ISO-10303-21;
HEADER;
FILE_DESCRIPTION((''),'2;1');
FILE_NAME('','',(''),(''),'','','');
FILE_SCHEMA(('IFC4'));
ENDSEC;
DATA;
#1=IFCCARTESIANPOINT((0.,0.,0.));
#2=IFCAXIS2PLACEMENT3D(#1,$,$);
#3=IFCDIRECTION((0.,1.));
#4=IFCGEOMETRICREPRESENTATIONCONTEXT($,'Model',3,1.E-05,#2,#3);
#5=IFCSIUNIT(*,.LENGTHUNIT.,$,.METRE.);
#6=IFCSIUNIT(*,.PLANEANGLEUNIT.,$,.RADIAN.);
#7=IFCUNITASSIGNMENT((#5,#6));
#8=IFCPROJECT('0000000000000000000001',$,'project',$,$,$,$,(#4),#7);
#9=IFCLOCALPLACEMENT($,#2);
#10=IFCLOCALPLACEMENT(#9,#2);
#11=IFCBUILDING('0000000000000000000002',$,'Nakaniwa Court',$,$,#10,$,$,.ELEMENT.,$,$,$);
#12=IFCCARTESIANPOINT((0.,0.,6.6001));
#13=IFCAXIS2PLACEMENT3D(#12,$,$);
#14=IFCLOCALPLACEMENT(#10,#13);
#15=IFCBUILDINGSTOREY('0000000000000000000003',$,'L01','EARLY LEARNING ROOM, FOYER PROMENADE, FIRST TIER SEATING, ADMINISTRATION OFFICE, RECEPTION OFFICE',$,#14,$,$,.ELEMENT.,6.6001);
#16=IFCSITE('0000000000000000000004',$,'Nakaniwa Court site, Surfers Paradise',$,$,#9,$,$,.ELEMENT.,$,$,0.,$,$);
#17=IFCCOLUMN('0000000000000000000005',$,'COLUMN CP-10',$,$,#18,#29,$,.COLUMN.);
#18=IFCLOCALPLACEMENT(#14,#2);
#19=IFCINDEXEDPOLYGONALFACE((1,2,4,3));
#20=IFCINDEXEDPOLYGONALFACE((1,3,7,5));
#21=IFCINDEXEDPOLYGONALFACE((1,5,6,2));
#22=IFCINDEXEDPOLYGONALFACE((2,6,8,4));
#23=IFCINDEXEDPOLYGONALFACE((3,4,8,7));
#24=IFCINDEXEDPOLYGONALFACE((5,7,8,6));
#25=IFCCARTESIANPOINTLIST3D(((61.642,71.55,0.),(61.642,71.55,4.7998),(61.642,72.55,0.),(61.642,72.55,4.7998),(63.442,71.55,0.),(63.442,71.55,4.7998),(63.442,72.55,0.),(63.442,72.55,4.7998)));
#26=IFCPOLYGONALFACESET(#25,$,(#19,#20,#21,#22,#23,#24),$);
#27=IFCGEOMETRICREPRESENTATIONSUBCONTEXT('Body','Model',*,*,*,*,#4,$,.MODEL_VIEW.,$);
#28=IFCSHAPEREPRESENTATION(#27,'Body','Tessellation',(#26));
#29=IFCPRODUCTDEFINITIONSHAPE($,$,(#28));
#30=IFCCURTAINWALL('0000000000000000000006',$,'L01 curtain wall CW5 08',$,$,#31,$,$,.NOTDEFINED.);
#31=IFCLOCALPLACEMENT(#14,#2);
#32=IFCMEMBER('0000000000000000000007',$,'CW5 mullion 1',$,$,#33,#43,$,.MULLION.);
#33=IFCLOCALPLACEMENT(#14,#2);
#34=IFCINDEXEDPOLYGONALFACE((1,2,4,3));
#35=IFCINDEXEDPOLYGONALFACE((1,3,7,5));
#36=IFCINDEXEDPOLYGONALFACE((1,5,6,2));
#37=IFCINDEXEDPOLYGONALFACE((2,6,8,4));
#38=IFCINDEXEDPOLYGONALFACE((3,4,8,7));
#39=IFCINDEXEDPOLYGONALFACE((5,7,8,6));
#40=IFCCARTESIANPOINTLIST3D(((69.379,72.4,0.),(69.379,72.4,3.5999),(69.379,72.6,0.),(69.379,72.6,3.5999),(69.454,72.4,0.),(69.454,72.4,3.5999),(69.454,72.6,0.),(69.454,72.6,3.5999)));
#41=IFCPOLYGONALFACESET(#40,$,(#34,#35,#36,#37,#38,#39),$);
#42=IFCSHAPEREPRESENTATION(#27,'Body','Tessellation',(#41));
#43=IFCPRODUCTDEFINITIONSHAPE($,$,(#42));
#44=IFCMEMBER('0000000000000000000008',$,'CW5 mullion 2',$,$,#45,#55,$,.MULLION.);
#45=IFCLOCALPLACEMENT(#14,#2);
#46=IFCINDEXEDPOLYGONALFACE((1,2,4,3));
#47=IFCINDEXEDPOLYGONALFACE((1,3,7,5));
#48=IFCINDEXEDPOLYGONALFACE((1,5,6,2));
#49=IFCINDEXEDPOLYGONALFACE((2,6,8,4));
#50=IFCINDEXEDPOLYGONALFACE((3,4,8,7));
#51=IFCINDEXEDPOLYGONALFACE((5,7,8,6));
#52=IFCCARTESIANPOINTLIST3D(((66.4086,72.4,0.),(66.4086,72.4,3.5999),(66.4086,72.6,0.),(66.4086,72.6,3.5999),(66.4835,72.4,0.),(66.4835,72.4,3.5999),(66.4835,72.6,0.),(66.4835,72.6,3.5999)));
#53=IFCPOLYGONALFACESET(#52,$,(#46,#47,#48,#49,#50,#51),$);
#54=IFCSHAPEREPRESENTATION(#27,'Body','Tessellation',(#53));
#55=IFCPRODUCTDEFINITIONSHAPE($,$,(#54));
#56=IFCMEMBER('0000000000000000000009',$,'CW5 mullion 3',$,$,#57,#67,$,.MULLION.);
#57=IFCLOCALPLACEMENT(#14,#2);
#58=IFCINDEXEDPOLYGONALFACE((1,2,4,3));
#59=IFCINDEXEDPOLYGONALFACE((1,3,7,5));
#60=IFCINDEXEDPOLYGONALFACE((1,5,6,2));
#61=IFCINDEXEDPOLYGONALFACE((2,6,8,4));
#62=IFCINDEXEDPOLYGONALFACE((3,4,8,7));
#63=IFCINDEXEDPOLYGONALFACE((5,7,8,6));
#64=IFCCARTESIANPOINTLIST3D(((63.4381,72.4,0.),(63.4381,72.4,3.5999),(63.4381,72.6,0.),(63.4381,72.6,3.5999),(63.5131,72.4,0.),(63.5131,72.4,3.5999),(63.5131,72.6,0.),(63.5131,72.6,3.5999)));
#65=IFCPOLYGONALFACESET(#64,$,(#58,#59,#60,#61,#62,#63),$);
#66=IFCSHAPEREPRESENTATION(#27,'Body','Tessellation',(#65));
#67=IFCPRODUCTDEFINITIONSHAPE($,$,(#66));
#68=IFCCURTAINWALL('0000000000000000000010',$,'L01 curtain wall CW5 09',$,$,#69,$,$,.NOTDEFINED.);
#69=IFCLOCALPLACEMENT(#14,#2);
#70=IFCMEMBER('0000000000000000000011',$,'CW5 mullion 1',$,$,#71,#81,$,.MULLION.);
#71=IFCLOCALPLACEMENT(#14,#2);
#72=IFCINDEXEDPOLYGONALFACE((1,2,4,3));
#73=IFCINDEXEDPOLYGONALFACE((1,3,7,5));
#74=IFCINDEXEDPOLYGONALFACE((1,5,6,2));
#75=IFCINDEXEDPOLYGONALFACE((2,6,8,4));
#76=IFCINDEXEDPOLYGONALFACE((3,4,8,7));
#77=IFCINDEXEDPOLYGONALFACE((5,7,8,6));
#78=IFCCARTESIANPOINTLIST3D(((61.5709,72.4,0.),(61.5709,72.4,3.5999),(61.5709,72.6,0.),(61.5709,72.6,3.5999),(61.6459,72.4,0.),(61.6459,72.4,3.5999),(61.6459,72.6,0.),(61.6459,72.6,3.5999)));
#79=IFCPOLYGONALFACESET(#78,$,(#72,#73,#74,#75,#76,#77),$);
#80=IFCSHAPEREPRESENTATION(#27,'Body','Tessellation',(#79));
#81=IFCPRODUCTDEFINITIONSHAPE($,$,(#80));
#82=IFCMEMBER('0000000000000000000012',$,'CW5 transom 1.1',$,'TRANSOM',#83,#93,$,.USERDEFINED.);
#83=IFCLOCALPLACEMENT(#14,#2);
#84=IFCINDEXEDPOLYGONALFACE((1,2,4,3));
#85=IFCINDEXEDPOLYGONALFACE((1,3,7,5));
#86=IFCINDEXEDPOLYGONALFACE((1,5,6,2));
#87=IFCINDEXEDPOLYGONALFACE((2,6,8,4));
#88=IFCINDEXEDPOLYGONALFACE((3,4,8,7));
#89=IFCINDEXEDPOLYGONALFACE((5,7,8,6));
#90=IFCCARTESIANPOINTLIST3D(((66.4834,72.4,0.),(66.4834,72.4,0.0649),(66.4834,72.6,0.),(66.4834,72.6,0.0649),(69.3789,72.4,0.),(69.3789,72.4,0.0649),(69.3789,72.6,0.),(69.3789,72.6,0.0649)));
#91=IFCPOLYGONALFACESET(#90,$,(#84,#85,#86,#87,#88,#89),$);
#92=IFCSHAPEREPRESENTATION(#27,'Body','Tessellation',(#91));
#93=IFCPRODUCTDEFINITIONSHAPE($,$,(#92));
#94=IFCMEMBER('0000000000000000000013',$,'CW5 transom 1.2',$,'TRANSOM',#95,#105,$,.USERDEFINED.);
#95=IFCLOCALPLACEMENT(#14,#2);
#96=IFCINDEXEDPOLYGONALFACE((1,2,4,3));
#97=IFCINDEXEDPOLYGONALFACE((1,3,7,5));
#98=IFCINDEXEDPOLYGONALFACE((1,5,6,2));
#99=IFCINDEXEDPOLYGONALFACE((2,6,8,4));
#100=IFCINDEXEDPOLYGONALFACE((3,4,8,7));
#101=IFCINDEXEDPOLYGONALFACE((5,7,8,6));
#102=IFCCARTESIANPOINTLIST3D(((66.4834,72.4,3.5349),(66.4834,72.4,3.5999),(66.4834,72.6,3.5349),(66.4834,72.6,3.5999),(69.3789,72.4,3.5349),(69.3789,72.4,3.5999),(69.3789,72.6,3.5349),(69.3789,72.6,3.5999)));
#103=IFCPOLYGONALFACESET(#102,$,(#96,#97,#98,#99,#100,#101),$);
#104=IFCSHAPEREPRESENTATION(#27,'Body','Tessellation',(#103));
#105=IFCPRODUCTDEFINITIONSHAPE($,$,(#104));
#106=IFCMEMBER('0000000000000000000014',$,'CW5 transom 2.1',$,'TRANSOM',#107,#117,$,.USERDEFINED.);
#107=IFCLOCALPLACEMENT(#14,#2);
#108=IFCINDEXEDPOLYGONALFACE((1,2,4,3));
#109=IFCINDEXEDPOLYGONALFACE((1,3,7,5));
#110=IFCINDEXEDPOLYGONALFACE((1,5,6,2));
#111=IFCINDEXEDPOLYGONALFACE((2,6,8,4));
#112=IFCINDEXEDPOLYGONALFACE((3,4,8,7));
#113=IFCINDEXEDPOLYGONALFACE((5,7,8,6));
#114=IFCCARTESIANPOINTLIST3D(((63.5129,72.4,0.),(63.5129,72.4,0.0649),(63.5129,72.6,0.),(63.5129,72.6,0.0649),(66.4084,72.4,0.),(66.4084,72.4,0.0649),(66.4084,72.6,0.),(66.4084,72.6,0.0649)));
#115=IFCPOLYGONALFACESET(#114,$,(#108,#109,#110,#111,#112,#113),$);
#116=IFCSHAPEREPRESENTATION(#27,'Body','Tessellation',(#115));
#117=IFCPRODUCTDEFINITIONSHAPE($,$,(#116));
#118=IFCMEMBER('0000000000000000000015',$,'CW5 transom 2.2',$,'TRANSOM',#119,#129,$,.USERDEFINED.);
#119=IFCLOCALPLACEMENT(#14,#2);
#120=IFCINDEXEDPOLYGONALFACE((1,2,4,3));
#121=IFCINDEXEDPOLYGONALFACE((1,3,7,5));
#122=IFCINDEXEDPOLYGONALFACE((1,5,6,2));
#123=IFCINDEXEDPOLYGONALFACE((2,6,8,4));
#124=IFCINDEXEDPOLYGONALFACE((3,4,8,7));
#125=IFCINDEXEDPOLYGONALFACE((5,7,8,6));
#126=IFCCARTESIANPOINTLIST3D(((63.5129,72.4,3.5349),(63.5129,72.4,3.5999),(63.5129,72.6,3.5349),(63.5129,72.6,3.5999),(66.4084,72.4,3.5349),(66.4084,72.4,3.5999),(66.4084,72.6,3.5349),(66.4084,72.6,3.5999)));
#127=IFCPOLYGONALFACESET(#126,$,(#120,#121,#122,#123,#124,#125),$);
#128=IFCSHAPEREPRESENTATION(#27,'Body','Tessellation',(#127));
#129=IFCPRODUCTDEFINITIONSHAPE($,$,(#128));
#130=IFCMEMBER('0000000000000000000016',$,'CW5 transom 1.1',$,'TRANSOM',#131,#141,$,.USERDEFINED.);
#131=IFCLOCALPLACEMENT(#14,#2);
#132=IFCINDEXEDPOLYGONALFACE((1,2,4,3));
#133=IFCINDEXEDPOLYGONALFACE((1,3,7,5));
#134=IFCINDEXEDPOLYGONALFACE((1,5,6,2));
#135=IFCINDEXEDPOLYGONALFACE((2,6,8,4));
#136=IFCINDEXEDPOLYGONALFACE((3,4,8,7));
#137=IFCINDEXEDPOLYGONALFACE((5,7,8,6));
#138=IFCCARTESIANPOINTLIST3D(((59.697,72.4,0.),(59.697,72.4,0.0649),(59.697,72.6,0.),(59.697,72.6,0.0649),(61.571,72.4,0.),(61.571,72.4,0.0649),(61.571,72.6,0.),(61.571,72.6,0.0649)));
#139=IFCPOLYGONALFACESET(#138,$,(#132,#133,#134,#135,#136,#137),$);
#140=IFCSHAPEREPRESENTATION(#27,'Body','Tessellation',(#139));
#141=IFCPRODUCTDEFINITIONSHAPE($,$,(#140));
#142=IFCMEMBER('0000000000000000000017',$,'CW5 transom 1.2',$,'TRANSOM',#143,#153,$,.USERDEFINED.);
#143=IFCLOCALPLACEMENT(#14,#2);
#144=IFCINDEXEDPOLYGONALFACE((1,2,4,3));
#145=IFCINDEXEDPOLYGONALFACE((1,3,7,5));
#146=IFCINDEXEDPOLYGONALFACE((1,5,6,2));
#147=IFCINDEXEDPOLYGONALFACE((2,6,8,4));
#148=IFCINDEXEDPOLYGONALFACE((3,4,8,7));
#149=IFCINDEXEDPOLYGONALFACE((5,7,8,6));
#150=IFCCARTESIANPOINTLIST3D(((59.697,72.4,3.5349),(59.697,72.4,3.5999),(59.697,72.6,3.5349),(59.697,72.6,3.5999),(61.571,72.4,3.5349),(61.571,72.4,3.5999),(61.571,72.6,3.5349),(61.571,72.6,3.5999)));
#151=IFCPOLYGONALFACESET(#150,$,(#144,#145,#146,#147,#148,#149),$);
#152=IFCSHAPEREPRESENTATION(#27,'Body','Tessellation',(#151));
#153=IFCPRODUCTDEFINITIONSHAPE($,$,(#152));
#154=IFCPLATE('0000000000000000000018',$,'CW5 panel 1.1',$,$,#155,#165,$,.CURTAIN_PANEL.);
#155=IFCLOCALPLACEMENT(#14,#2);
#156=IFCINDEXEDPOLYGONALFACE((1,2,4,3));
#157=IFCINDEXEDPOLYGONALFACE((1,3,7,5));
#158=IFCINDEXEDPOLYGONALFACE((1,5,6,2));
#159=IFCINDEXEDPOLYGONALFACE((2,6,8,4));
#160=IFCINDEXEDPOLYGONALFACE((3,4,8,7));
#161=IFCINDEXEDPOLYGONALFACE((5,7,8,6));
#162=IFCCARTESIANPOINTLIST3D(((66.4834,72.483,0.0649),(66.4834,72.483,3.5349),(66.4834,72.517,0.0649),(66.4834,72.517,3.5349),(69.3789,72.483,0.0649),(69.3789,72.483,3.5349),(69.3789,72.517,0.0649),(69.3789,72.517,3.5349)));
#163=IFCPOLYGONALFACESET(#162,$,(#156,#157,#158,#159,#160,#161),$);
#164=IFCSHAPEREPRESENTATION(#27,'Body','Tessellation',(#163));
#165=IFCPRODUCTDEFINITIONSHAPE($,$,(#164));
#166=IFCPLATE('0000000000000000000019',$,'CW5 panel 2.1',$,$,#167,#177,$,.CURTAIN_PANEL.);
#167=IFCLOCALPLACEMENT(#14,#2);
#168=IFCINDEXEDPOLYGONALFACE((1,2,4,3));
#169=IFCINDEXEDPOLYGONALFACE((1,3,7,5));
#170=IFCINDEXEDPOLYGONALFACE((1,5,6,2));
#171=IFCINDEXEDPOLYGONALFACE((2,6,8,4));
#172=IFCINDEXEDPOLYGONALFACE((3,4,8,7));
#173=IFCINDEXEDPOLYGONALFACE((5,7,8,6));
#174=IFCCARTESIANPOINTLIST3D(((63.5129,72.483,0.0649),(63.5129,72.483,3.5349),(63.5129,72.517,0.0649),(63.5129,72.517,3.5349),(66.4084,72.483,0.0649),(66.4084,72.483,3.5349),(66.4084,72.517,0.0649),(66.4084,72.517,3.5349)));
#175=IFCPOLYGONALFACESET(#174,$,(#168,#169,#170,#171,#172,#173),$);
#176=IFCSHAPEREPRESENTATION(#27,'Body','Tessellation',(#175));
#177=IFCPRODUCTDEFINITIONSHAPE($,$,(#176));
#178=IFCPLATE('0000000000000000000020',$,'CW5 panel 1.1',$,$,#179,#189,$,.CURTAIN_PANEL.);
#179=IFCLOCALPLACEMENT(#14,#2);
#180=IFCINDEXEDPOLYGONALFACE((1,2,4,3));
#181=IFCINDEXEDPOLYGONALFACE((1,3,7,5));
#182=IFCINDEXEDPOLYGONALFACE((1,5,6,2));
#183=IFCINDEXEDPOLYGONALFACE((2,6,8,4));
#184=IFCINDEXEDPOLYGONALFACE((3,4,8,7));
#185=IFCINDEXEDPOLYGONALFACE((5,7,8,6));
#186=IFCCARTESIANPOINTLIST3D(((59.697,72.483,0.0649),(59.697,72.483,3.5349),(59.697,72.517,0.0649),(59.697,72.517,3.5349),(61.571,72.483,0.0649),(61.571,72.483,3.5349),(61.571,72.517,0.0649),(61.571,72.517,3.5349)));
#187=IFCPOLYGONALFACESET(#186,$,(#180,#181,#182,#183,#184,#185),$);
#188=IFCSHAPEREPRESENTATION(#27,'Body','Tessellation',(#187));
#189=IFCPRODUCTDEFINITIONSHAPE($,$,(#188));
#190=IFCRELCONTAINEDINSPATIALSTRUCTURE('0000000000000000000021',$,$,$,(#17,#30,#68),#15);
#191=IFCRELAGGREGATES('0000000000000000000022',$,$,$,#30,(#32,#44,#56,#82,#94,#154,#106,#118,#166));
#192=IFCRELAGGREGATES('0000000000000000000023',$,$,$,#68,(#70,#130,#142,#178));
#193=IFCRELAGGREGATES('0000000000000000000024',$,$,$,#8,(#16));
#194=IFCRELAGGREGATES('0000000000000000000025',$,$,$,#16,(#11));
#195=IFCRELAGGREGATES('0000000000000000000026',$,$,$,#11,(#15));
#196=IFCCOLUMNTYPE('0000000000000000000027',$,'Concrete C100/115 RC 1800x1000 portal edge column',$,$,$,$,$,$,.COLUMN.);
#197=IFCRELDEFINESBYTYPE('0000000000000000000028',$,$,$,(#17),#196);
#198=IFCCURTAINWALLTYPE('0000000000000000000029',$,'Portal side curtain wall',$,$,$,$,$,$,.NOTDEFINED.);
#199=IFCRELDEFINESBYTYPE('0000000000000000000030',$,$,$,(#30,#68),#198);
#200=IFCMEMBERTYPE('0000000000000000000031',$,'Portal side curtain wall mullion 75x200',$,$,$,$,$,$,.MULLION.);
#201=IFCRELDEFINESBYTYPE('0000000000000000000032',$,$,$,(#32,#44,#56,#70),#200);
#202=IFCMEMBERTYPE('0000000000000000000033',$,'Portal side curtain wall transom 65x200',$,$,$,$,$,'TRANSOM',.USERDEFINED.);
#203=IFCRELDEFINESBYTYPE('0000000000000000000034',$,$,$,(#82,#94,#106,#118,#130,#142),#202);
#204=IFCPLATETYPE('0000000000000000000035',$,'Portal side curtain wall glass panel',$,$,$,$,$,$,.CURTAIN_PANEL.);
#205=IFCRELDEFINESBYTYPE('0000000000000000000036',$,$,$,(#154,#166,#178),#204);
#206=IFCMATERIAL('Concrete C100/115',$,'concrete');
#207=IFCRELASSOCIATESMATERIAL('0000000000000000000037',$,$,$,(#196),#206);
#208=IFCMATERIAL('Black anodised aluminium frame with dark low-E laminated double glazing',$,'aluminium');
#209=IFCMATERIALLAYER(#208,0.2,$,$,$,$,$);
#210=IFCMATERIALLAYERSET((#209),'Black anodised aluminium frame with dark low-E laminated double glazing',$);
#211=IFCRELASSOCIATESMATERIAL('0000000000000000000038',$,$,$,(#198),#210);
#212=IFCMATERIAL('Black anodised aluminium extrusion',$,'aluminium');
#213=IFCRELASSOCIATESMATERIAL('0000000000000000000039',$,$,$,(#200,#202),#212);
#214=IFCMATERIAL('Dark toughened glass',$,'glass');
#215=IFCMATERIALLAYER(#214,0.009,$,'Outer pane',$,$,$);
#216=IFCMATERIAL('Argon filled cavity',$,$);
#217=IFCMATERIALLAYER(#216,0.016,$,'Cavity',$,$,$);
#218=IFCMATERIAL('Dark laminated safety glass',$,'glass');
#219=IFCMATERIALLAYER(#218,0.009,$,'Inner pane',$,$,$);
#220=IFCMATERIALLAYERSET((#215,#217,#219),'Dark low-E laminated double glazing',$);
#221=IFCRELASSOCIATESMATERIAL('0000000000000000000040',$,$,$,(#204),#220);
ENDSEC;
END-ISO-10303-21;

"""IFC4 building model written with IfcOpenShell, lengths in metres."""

from ifc_helpers import new_model, si_unit, direction, frame, origin, origin_2d, place, context, subcontext, project, spatial, rectangle, extrude, material, layer, layer_set, material_profile, profile_set, type_object, element, aggregate, save


model = new_model("IFC4")

# Units and contexts
model_context = context("Model", 3, precision=1e-05, world=origin(), true_north=direction((0.0, 1.0)))
body_context = subcontext(model_context, "Body", "Model", "MODEL_VIEW")
ifc_project = project(units=[si_unit("LENGTHUNIT", "METRE"), si_unit("PLANEANGLEUNIT", "RADIAN")], contexts=[model_context])

# Site, building, storey
site_placement = place(None, origin())
site = spatial("IfcSite", under=ifc_project, at=site_placement, Name="Nakaniwa Court site, Surfers Paradise", CompositionType="ELEMENT", RefElevation=0.0)
building_placement = place(site_placement, origin())
building = spatial("IfcBuilding", under=site, at=building_placement, Name="Nakaniwa Court", CompositionType="ELEMENT")
storey_placement = place(building_placement, frame((0.0, 0.0, 6.6001)))
storey = spatial("IfcBuildingStorey", under=building, at=storey_placement, Name="L01", Description="EARLY LEARNING ROOM, FOYER PROMENADE, FIRST TIER SEATING, ADMINISTRATION OFFICE, RECEPTION OFFICE", CompositionType="ELEMENT", Elevation=6.6001)

# Column
ifc_material_1 = material(Name="Concrete C100/115", Category="concrete")
ifc_material_profile_1 = material_profile(ifc_material_1, rectangle(XDim=1.8, YDim=1.0, at=origin_2d()), Name="Concrete C100/115 RC 1800x1000 portal edge column")
ifc_profile_set_1 = profile_set([ifc_material_profile_1], Name="Concrete C100/115")
column_type = type_object("IfcColumnType", Name="Concrete C100/115 RC 1800x1000 portal edge column", PredefinedType="COLUMN", material=ifc_profile_set_1)
column_placement = place(storey_placement, frame((62.542, 72.05, 0.0), z_axis=(0.0, 0.0, 1.0), x_axis=(1.0, 0.0, 0.0)))
element("IfcColumn", 1, at=column_placement, inside=storey, type_object=column_type, Name="COLUMN CP-10", PredefinedType="COLUMN", context=body_context, shape_type="SweptSolid", body=[
    extrude(rectangle(XDim=1.8, YDim=1.0, at=origin_2d()), origin(), (0.0, 0.0, 1.0), 4.7998),
])

# Curtain wall, members
ifc_material_2 = material(Name="Black anodised aluminium frame with dark low-E laminated double glazing", Category="aluminium")
ifc_layer_1 = layer(ifc_material_2, 0.2)
ifc_layer_set_1 = layer_set([ifc_layer_1], Name="Black anodised aluminium frame with dark low-E laminated double glazing")
curtain_wall_type = type_object("IfcCurtainWallType", Name="Portal side curtain wall", PredefinedType="NOTDEFINED", material=ifc_layer_set_1)
curtain_wall_1_placement = place(storey_placement, origin())
curtain_wall_1 = element("IfcCurtainWall", 2, at=curtain_wall_1_placement, inside=storey, type_object=curtain_wall_type, Name="L01 curtain wall CW5 08", PredefinedType="NOTDEFINED")
ifc_material_3 = material(Name="Black anodised aluminium extrusion", Category="aluminium")
ifc_material_profile_2 = material_profile(ifc_material_3, rectangle(XDim=0.2, YDim=0.075, at=origin_2d()), Name="Portal side curtain wall mullion 75x200")
ifc_profile_set_2 = profile_set([ifc_material_profile_2], Name="Black anodised aluminium extrusion")
member_type_1 = type_object("IfcMemberType", Name="Portal side curtain wall mullion 75x200", PredefinedType="MULLION", material=ifc_profile_set_2)
member_1_placement = place(storey_placement, frame((69.4165, 72.5, 0.0), z_axis=(0.0, 0.0, 1.0), x_axis=(0.0, -1.0, 0.0)))
member_1 = element("IfcMember", 3, at=member_1_placement, type_object=member_type_1, Name="CW5 mullion 1", PredefinedType="MULLION", context=body_context, shape_type="SweptSolid", body=[
    extrude(rectangle(XDim=0.2, YDim=0.075, at=origin_2d()), origin(), (0.0, 0.0, 1.0), 3.5999),
])
member_2_placement = place(storey_placement, frame((66.446, 72.5, 0.0), z_axis=(0.0, 0.0, 1.0), x_axis=(0.0, -1.0, 0.0)))
member_2 = element("IfcMember", 4, at=member_2_placement, type_object=member_type_1, Name="CW5 mullion 2", PredefinedType="MULLION", context=body_context, shape_type="SweptSolid", body=[
    extrude(rectangle(XDim=0.2, YDim=0.075, at=origin_2d()), origin(), (0.0, 0.0, 1.0), 3.5999),
])
member_3_placement = place(storey_placement, frame((63.4756, 72.5, 0.0), z_axis=(0.0, 0.0, 1.0), x_axis=(0.0, -1.0, 0.0)))
member_3 = element("IfcMember", 5, at=member_3_placement, type_object=member_type_1, Name="CW5 mullion 3", PredefinedType="MULLION", context=body_context, shape_type="SweptSolid", body=[
    extrude(rectangle(XDim=0.2, YDim=0.075, at=origin_2d()), origin(), (0.0, 0.0, 1.0), 3.5999),
])

# Curtain wall, member
curtain_wall_2_placement = place(storey_placement, origin())
curtain_wall_2 = element("IfcCurtainWall", 6, at=curtain_wall_2_placement, inside=storey, type_object=curtain_wall_type, Name="L01 curtain wall CW5 09", PredefinedType="NOTDEFINED")
member_4_placement = place(storey_placement, frame((61.6084, 72.5, 0.0), z_axis=(0.0, 0.0, 1.0), x_axis=(0.0, -1.0, 0.0)))
member_4 = element("IfcMember", 7, at=member_4_placement, type_object=member_type_1, Name="CW5 mullion 1", PredefinedType="MULLION", context=body_context, shape_type="SweptSolid", body=[
    extrude(rectangle(XDim=0.2, YDim=0.075, at=origin_2d()), origin(), (0.0, 0.0, 1.0), 3.5999),
])

# Members
ifc_material_profile_3 = material_profile(ifc_material_3, rectangle(XDim=0.2, YDim=0.0649, at=origin_2d()), Name="Portal side curtain wall transom 65x200")
ifc_profile_set_3 = profile_set([ifc_material_profile_3], Name="Black anodised aluminium extrusion")
member_type_2 = type_object("IfcMemberType", Name="Portal side curtain wall transom 65x200", ElementType="TRANSOM", PredefinedType="USERDEFINED", material=ifc_profile_set_3)
member_5_placement = place(storey_placement, frame((69.3789, 72.5, 0.0325), z_axis=(-1.0, 0.0, 0.0), x_axis=(0.0, -1.0, 0.0)))
member_5 = element("IfcMember", 8, at=member_5_placement, type_object=member_type_2, Name="CW5 transom 1.1", ObjectType="TRANSOM", PredefinedType="USERDEFINED", context=body_context, shape_type="SweptSolid", body=[
    extrude(rectangle(XDim=0.2, YDim=0.0649, at=origin_2d()), origin(), (0.0, 0.0, 1.0), 2.8955),
])
member_6_placement = place(storey_placement, frame((69.3789, 72.5, 3.5674), z_axis=(-1.0, 0.0, 0.0), x_axis=(0.0, -1.0, 0.0)))
member_6 = element("IfcMember", 9, at=member_6_placement, type_object=member_type_2, Name="CW5 transom 1.2", ObjectType="TRANSOM", PredefinedType="USERDEFINED", context=body_context, shape_type="SweptSolid", body=[
    extrude(rectangle(XDim=0.2, YDim=0.0649, at=origin_2d()), origin(), (0.0, 0.0, 1.0), 2.8955),
])
member_7_placement = place(storey_placement, frame((66.4084, 72.5, 0.0325), z_axis=(-1.0, 0.0, 0.0), x_axis=(0.0, -1.0, 0.0)))
member_7 = element("IfcMember", 10, at=member_7_placement, type_object=member_type_2, Name="CW5 transom 2.1", ObjectType="TRANSOM", PredefinedType="USERDEFINED", context=body_context, shape_type="SweptSolid", body=[
    extrude(rectangle(XDim=0.2, YDim=0.0649, at=origin_2d()), origin(), (0.0, 0.0, 1.0), 2.8955),
])
member_8_placement = place(storey_placement, frame((66.4084, 72.5, 3.5674), z_axis=(-1.0, 0.0, 0.0), x_axis=(0.0, -1.0, 0.0)))
member_8 = element("IfcMember", 11, at=member_8_placement, type_object=member_type_2, Name="CW5 transom 2.2", ObjectType="TRANSOM", PredefinedType="USERDEFINED", context=body_context, shape_type="SweptSolid", body=[
    extrude(rectangle(XDim=0.2, YDim=0.0649, at=origin_2d()), origin(), (0.0, 0.0, 1.0), 2.8955),
])
member_9_placement = place(storey_placement, frame((61.571, 72.5, 0.0325), z_axis=(-1.0, 0.0, 0.0), x_axis=(0.0, -1.0, 0.0)))
member_9 = element("IfcMember", 12, at=member_9_placement, type_object=member_type_2, Name="CW5 transom 1.1", ObjectType="TRANSOM", PredefinedType="USERDEFINED", context=body_context, shape_type="SweptSolid", body=[
    extrude(rectangle(XDim=0.2, YDim=0.0649, at=origin_2d()), origin(), (0.0, 0.0, 1.0), 1.874),
])
member_10_placement = place(storey_placement, frame((61.571, 72.5, 3.5674), z_axis=(-1.0, 0.0, 0.0), x_axis=(0.0, -1.0, 0.0)))
member_10 = element("IfcMember", 13, at=member_10_placement, type_object=member_type_2, Name="CW5 transom 1.2", ObjectType="TRANSOM", PredefinedType="USERDEFINED", context=body_context, shape_type="SweptSolid", body=[
    extrude(rectangle(XDim=0.2, YDim=0.0649, at=origin_2d()), origin(), (0.0, 0.0, 1.0), 1.874),
])

# Plates
ifc_material_4 = material(Name="Dark toughened glass", Category="glass")
ifc_layer_2 = layer(ifc_material_4, 0.009, Name="Outer pane")
ifc_material_5 = material(Name="Argon filled cavity")
ifc_layer_3 = layer(ifc_material_5, 0.016, Name="Cavity")
ifc_material_6 = material(Name="Dark laminated safety glass", Category="glass")
ifc_layer_4 = layer(ifc_material_6, 0.009, Name="Inner pane")
ifc_layer_set_2 = layer_set([ifc_layer_2, ifc_layer_3, ifc_layer_4], Name="Dark low-E laminated double glazing")
plate_type = type_object("IfcPlateType", Name="Portal side curtain wall glass panel", PredefinedType="CURTAIN_PANEL", material=ifc_layer_set_2)
plate_1_placement = place(storey_placement, frame((67.9312, 72.5, 0.0649), z_axis=(0.0, 0.0, 1.0), x_axis=(-1.0, 0.0, 0.0)))
plate_1 = element("IfcPlate", 14, at=plate_1_placement, type_object=plate_type, Name="CW5 panel 1.1", PredefinedType="CURTAIN_PANEL", context=body_context, shape_type="SweptSolid", body=[
    extrude(rectangle(XDim=2.8955, YDim=0.0339, at=origin_2d()), origin(), (0.0, 0.0, 1.0), 3.47),
])
plate_2_placement = place(storey_placement, frame((64.9607, 72.5, 0.0649), z_axis=(0.0, 0.0, 1.0), x_axis=(-1.0, 0.0, 0.0)))
plate_2 = element("IfcPlate", 15, at=plate_2_placement, type_object=plate_type, Name="CW5 panel 2.1", PredefinedType="CURTAIN_PANEL", context=body_context, shape_type="SweptSolid", body=[
    extrude(rectangle(XDim=2.8955, YDim=0.0339, at=origin_2d()), origin(), (0.0, 0.0, 1.0), 3.47),
])
aggregate(curtain_wall_1, [member_1, member_2, member_3, member_5, member_6, plate_1, member_7, member_8, plate_2])
plate_3_placement = place(storey_placement, frame((60.634, 72.5, 0.0649), z_axis=(0.0, 0.0, 1.0), x_axis=(-1.0, 0.0, 0.0)))
plate_3 = element("IfcPlate", 16, at=plate_3_placement, type_object=plate_type, Name="CW5 panel 1.1", PredefinedType="CURTAIN_PANEL", context=body_context, shape_type="SweptSolid", body=[
    extrude(rectangle(XDim=1.874, YDim=0.0339, at=origin_2d()), origin(), (0.0, 0.0, 1.0), 3.47),
])
aggregate(curtain_wall_2, [member_4, member_9, member_10, plate_3])

save(model, "model.ifc")
